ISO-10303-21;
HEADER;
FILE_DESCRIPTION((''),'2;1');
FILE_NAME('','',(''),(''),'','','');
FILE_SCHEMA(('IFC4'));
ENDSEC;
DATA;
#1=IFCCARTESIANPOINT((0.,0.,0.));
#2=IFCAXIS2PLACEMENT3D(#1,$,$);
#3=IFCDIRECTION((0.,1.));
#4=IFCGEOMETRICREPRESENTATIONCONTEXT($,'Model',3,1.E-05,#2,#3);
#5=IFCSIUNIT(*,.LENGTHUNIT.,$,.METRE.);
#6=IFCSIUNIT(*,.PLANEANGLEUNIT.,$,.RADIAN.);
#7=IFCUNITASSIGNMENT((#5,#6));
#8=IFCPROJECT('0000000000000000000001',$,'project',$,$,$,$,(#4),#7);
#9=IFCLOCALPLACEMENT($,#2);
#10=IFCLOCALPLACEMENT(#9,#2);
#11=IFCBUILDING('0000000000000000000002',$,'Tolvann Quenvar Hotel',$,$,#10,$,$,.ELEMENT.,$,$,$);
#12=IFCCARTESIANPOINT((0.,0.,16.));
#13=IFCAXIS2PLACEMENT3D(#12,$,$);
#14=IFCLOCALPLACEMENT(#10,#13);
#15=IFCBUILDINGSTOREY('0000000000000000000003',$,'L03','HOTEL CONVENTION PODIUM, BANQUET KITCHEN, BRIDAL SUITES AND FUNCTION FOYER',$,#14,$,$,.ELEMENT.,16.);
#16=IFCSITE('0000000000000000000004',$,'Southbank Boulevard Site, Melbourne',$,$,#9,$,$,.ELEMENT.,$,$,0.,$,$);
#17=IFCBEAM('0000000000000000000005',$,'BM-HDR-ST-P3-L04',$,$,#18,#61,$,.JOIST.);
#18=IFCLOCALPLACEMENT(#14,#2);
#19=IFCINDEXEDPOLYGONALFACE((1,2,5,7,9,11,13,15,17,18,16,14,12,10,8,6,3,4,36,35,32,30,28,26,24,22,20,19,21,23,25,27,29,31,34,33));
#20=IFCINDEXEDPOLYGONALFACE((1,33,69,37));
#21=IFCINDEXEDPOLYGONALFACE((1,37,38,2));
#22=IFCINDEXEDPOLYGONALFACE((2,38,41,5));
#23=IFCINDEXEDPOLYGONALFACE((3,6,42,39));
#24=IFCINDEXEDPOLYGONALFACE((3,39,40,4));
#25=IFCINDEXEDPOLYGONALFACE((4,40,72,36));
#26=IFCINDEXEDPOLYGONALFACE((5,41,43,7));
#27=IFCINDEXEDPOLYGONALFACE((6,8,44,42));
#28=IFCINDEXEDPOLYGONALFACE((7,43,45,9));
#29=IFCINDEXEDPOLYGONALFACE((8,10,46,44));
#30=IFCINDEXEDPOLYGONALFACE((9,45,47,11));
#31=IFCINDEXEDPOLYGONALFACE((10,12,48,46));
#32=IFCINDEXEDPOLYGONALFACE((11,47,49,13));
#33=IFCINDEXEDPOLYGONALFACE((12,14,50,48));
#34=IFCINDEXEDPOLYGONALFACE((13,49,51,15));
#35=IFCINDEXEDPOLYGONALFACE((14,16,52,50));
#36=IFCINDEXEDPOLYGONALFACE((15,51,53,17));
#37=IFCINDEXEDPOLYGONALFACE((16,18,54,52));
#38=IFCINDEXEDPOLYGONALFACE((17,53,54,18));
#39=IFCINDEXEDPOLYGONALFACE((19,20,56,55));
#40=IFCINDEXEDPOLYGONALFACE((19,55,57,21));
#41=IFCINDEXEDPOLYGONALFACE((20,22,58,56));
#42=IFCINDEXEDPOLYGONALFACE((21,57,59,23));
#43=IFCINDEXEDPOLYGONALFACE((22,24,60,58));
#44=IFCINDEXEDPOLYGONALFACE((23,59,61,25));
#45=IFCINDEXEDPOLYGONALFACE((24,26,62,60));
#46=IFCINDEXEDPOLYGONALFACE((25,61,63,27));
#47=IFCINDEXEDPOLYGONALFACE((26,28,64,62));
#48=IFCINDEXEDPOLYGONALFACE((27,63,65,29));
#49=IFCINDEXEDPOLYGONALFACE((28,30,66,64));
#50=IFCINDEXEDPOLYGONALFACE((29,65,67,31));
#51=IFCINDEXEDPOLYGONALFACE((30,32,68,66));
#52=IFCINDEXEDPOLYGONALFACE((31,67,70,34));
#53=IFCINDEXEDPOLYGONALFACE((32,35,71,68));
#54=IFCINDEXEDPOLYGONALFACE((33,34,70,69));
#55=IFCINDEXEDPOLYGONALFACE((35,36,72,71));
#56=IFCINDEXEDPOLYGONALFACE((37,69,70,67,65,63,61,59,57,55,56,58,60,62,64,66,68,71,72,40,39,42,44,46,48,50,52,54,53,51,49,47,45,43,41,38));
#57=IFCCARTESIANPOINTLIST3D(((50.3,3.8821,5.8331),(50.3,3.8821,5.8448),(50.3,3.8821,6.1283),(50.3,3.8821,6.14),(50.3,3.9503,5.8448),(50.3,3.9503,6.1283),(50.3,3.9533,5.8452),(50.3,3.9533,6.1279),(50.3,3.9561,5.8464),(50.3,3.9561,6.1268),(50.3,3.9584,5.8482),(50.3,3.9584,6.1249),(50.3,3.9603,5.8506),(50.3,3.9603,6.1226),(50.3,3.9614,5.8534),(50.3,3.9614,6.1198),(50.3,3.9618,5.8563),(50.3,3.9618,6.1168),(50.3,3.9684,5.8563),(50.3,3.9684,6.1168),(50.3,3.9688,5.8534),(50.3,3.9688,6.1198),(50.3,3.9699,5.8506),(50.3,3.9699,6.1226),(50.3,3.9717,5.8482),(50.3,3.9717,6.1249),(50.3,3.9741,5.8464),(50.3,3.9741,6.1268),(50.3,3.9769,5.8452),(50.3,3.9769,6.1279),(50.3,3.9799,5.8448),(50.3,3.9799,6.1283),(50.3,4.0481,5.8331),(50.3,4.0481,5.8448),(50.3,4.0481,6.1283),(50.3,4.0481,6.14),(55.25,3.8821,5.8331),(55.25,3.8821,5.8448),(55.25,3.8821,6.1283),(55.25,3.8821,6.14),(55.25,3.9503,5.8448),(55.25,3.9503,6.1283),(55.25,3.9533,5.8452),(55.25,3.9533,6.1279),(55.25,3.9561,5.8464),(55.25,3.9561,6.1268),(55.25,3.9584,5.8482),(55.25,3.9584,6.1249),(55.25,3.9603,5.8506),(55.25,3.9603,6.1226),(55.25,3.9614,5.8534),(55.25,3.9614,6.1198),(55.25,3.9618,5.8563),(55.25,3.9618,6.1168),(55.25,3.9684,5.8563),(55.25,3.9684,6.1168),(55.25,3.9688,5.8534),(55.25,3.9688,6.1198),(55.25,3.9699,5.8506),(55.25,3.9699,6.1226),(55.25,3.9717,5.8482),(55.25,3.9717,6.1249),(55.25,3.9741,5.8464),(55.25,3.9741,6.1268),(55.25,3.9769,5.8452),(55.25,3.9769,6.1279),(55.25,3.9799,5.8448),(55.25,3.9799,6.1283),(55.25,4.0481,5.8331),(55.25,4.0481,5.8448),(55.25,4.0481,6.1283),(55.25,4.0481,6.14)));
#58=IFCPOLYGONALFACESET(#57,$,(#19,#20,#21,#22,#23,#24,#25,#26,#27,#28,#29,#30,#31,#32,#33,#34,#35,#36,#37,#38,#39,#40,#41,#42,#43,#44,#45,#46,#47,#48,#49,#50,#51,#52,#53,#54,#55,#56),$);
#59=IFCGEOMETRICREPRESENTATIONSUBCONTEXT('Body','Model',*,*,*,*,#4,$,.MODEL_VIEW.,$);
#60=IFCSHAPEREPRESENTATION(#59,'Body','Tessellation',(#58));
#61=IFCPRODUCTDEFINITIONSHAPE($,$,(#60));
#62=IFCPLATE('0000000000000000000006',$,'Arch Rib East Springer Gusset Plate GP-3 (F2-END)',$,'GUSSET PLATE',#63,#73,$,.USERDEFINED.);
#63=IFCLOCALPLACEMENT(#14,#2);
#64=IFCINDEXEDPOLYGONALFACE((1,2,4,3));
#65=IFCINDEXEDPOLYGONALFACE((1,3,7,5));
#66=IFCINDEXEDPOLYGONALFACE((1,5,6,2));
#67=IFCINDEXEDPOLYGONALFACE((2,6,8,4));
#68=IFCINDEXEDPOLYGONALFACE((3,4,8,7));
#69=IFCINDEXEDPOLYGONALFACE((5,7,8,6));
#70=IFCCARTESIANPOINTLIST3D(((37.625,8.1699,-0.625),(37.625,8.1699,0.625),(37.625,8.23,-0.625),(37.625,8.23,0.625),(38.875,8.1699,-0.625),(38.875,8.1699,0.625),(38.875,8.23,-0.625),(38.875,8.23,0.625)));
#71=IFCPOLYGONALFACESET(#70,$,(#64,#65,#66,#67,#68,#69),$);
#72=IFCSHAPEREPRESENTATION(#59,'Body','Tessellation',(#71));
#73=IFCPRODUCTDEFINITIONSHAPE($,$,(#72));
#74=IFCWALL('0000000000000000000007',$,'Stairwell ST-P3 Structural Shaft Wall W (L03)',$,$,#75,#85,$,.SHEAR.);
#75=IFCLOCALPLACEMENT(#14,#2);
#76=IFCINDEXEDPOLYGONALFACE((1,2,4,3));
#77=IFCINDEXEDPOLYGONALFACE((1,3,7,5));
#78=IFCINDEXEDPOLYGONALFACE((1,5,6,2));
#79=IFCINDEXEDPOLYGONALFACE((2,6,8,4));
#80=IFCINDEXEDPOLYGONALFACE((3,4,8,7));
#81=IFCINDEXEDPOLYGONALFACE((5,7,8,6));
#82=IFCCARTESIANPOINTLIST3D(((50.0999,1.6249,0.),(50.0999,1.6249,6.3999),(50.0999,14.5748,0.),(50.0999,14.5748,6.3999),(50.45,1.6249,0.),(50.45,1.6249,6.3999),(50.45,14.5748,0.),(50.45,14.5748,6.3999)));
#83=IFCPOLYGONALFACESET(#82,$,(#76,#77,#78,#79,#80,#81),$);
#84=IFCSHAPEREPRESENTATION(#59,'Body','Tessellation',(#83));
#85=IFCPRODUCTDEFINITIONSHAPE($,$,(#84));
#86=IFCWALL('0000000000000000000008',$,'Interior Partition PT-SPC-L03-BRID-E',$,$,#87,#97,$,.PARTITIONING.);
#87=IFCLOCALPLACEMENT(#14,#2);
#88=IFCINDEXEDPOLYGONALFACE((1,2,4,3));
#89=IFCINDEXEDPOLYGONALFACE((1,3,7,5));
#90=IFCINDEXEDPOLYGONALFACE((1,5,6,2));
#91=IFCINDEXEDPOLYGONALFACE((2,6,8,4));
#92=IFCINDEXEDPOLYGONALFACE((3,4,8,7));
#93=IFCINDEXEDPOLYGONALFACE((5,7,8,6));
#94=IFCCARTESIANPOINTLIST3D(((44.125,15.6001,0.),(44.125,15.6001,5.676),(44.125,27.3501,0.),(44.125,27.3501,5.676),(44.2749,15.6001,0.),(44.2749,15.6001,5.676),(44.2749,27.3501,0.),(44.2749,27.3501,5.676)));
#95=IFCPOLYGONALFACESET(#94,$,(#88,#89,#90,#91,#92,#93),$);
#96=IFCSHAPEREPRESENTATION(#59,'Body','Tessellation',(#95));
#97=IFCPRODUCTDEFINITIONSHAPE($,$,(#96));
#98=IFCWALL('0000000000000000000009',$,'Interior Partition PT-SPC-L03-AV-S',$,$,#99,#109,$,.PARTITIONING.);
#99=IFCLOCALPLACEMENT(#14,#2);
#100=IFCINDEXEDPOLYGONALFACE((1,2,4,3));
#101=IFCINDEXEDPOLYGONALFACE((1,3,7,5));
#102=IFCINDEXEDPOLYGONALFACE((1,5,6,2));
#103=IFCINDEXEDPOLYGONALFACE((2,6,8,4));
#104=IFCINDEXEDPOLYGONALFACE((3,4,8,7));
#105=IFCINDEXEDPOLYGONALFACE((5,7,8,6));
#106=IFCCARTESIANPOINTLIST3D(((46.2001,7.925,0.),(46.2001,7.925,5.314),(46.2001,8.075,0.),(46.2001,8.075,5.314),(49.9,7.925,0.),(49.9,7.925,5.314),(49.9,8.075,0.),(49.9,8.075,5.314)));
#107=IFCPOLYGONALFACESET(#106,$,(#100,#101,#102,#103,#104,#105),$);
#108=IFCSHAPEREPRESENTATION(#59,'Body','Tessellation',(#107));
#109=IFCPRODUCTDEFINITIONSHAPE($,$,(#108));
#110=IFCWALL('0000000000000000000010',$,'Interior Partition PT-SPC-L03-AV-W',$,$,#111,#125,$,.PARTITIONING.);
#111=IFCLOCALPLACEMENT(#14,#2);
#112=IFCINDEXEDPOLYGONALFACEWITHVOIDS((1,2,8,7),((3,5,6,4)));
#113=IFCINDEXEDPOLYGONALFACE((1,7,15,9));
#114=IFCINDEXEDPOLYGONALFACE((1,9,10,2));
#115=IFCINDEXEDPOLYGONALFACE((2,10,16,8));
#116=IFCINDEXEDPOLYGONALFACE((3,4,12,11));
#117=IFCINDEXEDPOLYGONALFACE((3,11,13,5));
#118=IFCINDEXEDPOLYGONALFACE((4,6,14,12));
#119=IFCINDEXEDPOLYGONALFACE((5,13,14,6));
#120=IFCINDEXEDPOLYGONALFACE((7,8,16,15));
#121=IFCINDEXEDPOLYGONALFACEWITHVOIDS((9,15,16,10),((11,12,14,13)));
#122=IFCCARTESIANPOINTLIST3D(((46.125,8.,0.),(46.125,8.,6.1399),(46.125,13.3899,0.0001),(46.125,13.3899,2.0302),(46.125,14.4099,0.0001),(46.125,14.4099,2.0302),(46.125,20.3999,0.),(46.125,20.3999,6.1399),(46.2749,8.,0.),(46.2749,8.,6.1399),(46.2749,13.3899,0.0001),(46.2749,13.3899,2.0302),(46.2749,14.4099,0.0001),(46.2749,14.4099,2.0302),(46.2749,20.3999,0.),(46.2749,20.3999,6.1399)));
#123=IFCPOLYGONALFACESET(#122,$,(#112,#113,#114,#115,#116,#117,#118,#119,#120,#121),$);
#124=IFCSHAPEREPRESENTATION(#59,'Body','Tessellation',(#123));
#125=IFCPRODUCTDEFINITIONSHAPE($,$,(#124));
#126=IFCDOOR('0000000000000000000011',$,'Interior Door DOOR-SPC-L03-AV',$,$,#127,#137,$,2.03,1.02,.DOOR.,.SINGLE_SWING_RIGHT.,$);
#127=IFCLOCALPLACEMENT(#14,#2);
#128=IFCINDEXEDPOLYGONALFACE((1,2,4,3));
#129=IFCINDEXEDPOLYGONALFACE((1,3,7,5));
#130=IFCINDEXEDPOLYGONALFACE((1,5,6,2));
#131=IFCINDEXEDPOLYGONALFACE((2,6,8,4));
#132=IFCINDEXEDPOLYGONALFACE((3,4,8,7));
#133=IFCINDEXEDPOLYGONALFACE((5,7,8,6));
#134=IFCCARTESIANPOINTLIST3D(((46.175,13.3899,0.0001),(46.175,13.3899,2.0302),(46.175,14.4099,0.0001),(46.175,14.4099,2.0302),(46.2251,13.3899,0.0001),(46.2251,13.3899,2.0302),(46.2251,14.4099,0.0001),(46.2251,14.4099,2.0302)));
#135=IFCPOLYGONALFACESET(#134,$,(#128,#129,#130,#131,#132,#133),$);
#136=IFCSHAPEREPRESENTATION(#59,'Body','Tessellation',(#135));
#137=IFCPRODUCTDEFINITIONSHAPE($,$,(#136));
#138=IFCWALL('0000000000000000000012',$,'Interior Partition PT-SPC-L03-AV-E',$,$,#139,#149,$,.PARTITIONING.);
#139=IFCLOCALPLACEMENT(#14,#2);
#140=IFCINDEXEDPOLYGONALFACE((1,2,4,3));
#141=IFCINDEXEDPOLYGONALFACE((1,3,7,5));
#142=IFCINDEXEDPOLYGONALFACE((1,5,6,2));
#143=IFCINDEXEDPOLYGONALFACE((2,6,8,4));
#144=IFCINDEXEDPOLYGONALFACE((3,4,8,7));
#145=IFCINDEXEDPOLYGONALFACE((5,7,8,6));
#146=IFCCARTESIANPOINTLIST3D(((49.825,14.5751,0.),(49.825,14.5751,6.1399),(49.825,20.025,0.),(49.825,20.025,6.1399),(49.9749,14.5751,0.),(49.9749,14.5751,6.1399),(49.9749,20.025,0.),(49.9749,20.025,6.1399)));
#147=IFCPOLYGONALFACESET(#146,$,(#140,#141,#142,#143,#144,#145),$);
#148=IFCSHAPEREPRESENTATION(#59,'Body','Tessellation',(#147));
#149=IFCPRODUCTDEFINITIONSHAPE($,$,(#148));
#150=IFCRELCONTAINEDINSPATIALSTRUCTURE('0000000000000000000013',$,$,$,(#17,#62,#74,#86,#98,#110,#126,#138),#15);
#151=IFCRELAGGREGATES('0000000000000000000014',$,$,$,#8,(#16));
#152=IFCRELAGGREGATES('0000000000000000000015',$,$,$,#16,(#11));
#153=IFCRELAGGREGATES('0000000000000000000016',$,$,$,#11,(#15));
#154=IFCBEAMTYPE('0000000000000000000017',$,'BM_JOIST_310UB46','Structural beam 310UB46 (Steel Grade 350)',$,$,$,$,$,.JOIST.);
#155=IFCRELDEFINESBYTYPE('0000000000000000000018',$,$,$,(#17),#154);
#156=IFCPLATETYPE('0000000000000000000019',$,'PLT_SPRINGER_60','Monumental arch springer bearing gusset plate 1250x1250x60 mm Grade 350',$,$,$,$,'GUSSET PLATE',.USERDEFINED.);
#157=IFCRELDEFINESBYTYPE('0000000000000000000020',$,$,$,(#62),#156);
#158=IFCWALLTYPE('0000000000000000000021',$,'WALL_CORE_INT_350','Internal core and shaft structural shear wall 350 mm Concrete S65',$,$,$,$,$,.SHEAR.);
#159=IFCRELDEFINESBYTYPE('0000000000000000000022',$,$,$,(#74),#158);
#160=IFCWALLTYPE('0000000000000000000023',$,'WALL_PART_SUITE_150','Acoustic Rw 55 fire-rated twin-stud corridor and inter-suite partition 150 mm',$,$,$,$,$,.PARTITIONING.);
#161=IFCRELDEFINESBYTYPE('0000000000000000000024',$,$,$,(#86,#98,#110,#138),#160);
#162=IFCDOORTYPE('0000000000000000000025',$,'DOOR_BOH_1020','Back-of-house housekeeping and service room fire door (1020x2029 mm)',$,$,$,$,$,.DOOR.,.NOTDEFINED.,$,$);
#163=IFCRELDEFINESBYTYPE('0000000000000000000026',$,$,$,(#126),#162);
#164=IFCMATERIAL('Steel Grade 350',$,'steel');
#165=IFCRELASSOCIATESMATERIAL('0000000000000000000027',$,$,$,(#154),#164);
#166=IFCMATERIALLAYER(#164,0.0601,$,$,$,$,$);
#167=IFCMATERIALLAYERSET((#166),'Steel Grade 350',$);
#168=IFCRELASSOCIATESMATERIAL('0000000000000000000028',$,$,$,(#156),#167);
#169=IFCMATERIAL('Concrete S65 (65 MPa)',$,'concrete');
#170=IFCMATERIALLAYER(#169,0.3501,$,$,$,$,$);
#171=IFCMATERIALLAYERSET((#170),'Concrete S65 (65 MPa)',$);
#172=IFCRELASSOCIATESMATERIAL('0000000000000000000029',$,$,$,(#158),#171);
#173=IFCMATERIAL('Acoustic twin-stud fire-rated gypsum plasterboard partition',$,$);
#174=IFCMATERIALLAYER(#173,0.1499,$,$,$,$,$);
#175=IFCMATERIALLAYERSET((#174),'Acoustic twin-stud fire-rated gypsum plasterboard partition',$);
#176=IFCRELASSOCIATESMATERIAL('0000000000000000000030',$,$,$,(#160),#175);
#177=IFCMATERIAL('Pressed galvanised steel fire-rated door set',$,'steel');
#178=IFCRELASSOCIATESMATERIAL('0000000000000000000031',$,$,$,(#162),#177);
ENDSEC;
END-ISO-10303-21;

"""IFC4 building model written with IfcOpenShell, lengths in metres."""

from ifc_helpers import new_model, si_unit, direction, frame, frame_2d, origin, origin_2d, place, context, subcontext, project, spatial, rectangle, i_section, extrude, source, transform, mapped, material, layer, layer_set, material_profile, profile_set, type_object, type_shapes, element, fill, save


model = new_model("IFC4")

# Units and contexts
model_context = context("Model", 3, precision=1e-05, world=origin(), true_north=direction((0.0, 1.0)))
body_context = subcontext(model_context, "Body", "Model", "MODEL_VIEW")
ifc_project = project(units=[si_unit("LENGTHUNIT", "METRE"), si_unit("PLANEANGLEUNIT", "RADIAN")], contexts=[model_context])

# Site, building, storey
site_placement = place(None, origin())
site = spatial("IfcSite", under=ifc_project, at=site_placement, Name="Southbank Boulevard Site, Melbourne", CompositionType="ELEMENT", RefElevation=0.0)
building_placement = place(site_placement, origin())
building = spatial("IfcBuilding", under=site, at=building_placement, Name="Tolvann Quenvar Hotel", CompositionType="ELEMENT")
storey_placement = place(building_placement, frame((0.0, 0.0, 16.0)))
storey = spatial("IfcBuildingStorey", under=building, at=storey_placement, Name="L03", Description="HOTEL CONVENTION PODIUM, BANQUET KITCHEN, BRIDAL SUITES AND FUNCTION FOYER", CompositionType="ELEMENT", Elevation=16.0)

# Shared definitions
ifc_material_1 = material(Name="Concrete S65 (65 MPa)", Category="concrete")

# Beam
ifc_material_2 = material(Name="Steel Grade 350", Category="steel")
ifc_material_profile_1 = material_profile(ifc_material_2, i_section(OverallWidth=0.166, OverallDepth=0.3069, WebThickness=0.0066, FlangeThickness=0.0117, FilletRadius=0.0115, at=origin_2d()), Name="310UB46")
ifc_profile_set_1 = profile_set([ifc_material_profile_1], Name="Steel Grade 350")
beam_type_1 = type_object("IfcBeamType", Name="BM_JOIST_310UB46", Description="Structural beam 310UB46 (Steel Grade 350)", PredefinedType="JOIST", material=ifc_profile_set_1)
shared_shape_1 = source(origin(), body_context, "Body", "SweptSolid", [
    extrude(i_section(OverallWidth=0.166, OverallDepth=0.3069, WebThickness=0.0066, FlangeThickness=0.0117, FilletRadius=0.0115, at=origin_2d()), origin(), (0.0, 0.0, 1.0), 4.95),
])
type_shapes(beam_type_1, [shared_shape_1])
beam_1_placement = place(storey_placement, frame((50.3, 3.9651, 5.9866), z_axis=(1.0, 0.0, 0.0), x_axis=(0.0, 1.0, 0.0)))
element("IfcBeam", 1, at=beam_1_placement, inside=storey, type_object=beam_type_1, Name="BM-HDR-ST-P3-L04", PredefinedType="JOIST", context=body_context, shape_type="MappedRepresentation", body=[
    mapped(shared_shape_1, transform((0.0, 0.0, 0.0), x_axis=(1.0, 0.0, 0.0), y_axis=(0.0, 1.0, 0.0), z_axis=(0.0, 0.0, 1.0), scale=1.0)),
])

# Plate
ifc_layer_1 = layer(ifc_material_2, 0.0601)
ifc_layer_set_1 = layer_set([ifc_layer_1], Name="Steel Grade 350")
plate_type = type_object("IfcPlateType", Name="PLT_SPRINGER_60", Description="Monumental arch springer bearing gusset plate 1250x1250x60 mm Grade 350", ElementType="GUSSET PLATE", PredefinedType="USERDEFINED", material=ifc_layer_set_1)
shared_shape_2 = source(origin(), body_context, "Body", "SweptSolid", [
    extrude(rectangle(XDim=1.25, YDim=0.0601, at=origin_2d()), origin(), (0.0, 0.0, 1.0), 1.25),
])
type_shapes(plate_type, [shared_shape_2])
plate_placement = place(storey_placement, frame((38.25, 8.2, -0.625), z_axis=(0.0, 0.0, 1.0), x_axis=(1.0, 0.0, 0.0)))
element("IfcPlate", 2, at=plate_placement, inside=storey, type_object=plate_type, Name="Arch Rib East Springer Gusset Plate GP-3 (F2-END)", ObjectType="GUSSET PLATE", PredefinedType="USERDEFINED", context=body_context, shape_type="MappedRepresentation", body=[
    mapped(shared_shape_2, transform((0.0, 0.0, 0.0), x_axis=(1.0, 0.0, 0.0), y_axis=(0.0, 1.0, 0.0), z_axis=(0.0, 0.0, 1.0), scale=1.0)),
])

# Shared definitions
ifc_layer_2 = layer(ifc_material_1, 0.3501)
ifc_layer_set_2 = layer_set([ifc_layer_2], Name="Concrete S65 (65 MPa)")
wall_type_1 = type_object("IfcWallType", Name="WALL_CORE_INT_350", Description="Internal core and shaft structural shear wall 350 mm Concrete S65", PredefinedType="SHEAR", material=ifc_layer_set_2)
ifc_material_3 = material(Name="Pressed galvanised steel fire-rated door set", Category="steel")

# Walls
wall_1_placement = place(storey_placement, frame((50.2749, 14.575, 0.0), z_axis=(0.0, 0.0, 1.0), x_axis=(0.0, -1.0, 0.0)))
element("IfcWall", 3, at=wall_1_placement, inside=storey, type_object=wall_type_1, Name="Stairwell ST-P3 Structural Shaft Wall W (L03)", PredefinedType="SHEAR", context=body_context, shape_type="SweptSolid", body=[
    extrude(rectangle(XDim=12.95, YDim=0.3501, at=frame_2d((6.4751, 0.0))), origin(), (0.0, 0.0, 1.0), 6.3999),
])
ifc_material_4 = material(Name="Acoustic twin-stud fire-rated gypsum plasterboard partition")
ifc_layer_3 = layer(ifc_material_4, 0.1499)
ifc_layer_set_3 = layer_set([ifc_layer_3], Name="Acoustic twin-stud fire-rated gypsum plasterboard partition")
wall_type_2 = type_object("IfcWallType", Name="WALL_PART_SUITE_150", Description="Acoustic Rw 55 fire-rated twin-stud corridor and inter-suite partition 150 mm", PredefinedType="PARTITIONING", material=ifc_layer_set_3)
wall_2_placement = place(storey_placement, frame((44.2, 15.6001, 0.0), z_axis=(0.0, 0.0, 1.0), x_axis=(0.0, 1.0, 0.0)))
element("IfcWall", 4, at=wall_2_placement, inside=storey, type_object=wall_type_2, Name="Interior Partition PT-SPC-L03-BRID-E", PredefinedType="PARTITIONING", context=body_context, shape_type="SweptSolid", body=[
    extrude(rectangle(XDim=11.75, YDim=0.1499, at=frame_2d((5.875, 0.0))), origin(), (0.0, 0.0, 1.0), 5.676),
])
wall_3_placement = place(storey_placement, frame((46.2, 8.0, 0.0), z_axis=(0.0, 0.0, 1.0), x_axis=(1.0, 0.0, 0.0)))
element("IfcWall", 5, at=wall_3_placement, inside=storey, type_object=wall_type_2, Name="Interior Partition PT-SPC-L03-AV-S", PredefinedType="PARTITIONING", context=body_context, shape_type="SweptSolid", body=[
    extrude(rectangle(XDim=3.7, YDim=0.1499, at=frame_2d((1.8501, 0.0))), origin(), (0.0, 0.0, 1.0), 5.314),
])

# Wall, opening, door
wall_4_placement = place(storey_placement, frame((46.2, 8.0, 0.0), z_axis=(0.0, 0.0, 1.0), x_axis=(0.0, 1.0, 0.0)))
wall_4 = element("IfcWall", 6, at=wall_4_placement, inside=storey, type_object=wall_type_2, Name="Interior Partition PT-SPC-L03-AV-W", PredefinedType="PARTITIONING", context=body_context, shape_type="SweptSolid", body=[
    extrude(rectangle(XDim=12.3999, YDim=0.1499, at=frame_2d((6.2, 0.0))), origin(), (0.0, 0.0, 1.0), 6.1399),
])
opening_1_placement = place(wall_4_placement, frame((5.3899, 0.0, 0.0)))
opening_1 = element("IfcOpeningElement", 7, at=opening_1_placement, cuts=wall_4, PredefinedType="OPENING", context=body_context, shape_type="SweptSolid", body=[
    extrude(rectangle(XDim=1.02, YDim=2.03, at=frame_2d((0.51, 1.0151))), frame((0.0, 0.085, 0.0), z_axis=(0.0, -1.0, 0.0), x_axis=(1.0, 0.0, 0.0)), (0.0, 0.0, 1.0), 0.1699),
])
door_type_1 = type_object("IfcDoorType", Name="DOOR_BOH_1020", Description="Back-of-house housekeeping and service room fire door (1020x2029 mm)", OperationType="NOTDEFINED", PredefinedType="DOOR", material=ifc_material_3)
shared_shape_3 = source(origin(), body_context, "Body", "SweptSolid", [
    extrude(rectangle(XDim=1.02, YDim=2.03, at=frame_2d((0.51, 1.0151))), frame((0.0, 0.0249, 0.0), z_axis=(0.0, -1.0, 0.0), x_axis=(1.0, 0.0, 0.0)), (0.0, 0.0, 1.0), 0.05),
])
type_shapes(door_type_1, [shared_shape_3])
door_1_placement = place(opening_1_placement, origin())
door_1 = element("IfcDoor", 8, at=door_1_placement, inside=storey, type_object=door_type_1, Name="Interior Door DOOR-SPC-L03-AV", OperationType="SINGLE_SWING_RIGHT", OverallHeight=2.03, OverallWidth=1.02, PredefinedType="DOOR", context=body_context, shape_type="MappedRepresentation", body=[
    mapped(shared_shape_3, transform((0.0, 0.0, 0.0), x_axis=(1.0, 0.0, 0.0), y_axis=(0.0, 1.0, 0.0), z_axis=(0.0, 0.0, 1.0), scale=1.0)),
])
fill(opening_1, door_1)

# Wall
wall_5_placement = place(storey_placement, frame((49.8999, 14.575, 0.0), z_axis=(0.0, 0.0, 1.0), x_axis=(0.0, 1.0, 0.0)))
element("IfcWall", 9, at=wall_5_placement, inside=storey, type_object=wall_type_2, Name="Interior Partition PT-SPC-L03-AV-E", PredefinedType="PARTITIONING", context=body_context, shape_type="SweptSolid", body=[
    extrude(rectangle(XDim=5.45, YDim=0.1499, at=frame_2d((2.7251, 0.0))), origin(), (0.0, 0.0, 1.0), 6.1399),
])

save(model, "model.ifc")
